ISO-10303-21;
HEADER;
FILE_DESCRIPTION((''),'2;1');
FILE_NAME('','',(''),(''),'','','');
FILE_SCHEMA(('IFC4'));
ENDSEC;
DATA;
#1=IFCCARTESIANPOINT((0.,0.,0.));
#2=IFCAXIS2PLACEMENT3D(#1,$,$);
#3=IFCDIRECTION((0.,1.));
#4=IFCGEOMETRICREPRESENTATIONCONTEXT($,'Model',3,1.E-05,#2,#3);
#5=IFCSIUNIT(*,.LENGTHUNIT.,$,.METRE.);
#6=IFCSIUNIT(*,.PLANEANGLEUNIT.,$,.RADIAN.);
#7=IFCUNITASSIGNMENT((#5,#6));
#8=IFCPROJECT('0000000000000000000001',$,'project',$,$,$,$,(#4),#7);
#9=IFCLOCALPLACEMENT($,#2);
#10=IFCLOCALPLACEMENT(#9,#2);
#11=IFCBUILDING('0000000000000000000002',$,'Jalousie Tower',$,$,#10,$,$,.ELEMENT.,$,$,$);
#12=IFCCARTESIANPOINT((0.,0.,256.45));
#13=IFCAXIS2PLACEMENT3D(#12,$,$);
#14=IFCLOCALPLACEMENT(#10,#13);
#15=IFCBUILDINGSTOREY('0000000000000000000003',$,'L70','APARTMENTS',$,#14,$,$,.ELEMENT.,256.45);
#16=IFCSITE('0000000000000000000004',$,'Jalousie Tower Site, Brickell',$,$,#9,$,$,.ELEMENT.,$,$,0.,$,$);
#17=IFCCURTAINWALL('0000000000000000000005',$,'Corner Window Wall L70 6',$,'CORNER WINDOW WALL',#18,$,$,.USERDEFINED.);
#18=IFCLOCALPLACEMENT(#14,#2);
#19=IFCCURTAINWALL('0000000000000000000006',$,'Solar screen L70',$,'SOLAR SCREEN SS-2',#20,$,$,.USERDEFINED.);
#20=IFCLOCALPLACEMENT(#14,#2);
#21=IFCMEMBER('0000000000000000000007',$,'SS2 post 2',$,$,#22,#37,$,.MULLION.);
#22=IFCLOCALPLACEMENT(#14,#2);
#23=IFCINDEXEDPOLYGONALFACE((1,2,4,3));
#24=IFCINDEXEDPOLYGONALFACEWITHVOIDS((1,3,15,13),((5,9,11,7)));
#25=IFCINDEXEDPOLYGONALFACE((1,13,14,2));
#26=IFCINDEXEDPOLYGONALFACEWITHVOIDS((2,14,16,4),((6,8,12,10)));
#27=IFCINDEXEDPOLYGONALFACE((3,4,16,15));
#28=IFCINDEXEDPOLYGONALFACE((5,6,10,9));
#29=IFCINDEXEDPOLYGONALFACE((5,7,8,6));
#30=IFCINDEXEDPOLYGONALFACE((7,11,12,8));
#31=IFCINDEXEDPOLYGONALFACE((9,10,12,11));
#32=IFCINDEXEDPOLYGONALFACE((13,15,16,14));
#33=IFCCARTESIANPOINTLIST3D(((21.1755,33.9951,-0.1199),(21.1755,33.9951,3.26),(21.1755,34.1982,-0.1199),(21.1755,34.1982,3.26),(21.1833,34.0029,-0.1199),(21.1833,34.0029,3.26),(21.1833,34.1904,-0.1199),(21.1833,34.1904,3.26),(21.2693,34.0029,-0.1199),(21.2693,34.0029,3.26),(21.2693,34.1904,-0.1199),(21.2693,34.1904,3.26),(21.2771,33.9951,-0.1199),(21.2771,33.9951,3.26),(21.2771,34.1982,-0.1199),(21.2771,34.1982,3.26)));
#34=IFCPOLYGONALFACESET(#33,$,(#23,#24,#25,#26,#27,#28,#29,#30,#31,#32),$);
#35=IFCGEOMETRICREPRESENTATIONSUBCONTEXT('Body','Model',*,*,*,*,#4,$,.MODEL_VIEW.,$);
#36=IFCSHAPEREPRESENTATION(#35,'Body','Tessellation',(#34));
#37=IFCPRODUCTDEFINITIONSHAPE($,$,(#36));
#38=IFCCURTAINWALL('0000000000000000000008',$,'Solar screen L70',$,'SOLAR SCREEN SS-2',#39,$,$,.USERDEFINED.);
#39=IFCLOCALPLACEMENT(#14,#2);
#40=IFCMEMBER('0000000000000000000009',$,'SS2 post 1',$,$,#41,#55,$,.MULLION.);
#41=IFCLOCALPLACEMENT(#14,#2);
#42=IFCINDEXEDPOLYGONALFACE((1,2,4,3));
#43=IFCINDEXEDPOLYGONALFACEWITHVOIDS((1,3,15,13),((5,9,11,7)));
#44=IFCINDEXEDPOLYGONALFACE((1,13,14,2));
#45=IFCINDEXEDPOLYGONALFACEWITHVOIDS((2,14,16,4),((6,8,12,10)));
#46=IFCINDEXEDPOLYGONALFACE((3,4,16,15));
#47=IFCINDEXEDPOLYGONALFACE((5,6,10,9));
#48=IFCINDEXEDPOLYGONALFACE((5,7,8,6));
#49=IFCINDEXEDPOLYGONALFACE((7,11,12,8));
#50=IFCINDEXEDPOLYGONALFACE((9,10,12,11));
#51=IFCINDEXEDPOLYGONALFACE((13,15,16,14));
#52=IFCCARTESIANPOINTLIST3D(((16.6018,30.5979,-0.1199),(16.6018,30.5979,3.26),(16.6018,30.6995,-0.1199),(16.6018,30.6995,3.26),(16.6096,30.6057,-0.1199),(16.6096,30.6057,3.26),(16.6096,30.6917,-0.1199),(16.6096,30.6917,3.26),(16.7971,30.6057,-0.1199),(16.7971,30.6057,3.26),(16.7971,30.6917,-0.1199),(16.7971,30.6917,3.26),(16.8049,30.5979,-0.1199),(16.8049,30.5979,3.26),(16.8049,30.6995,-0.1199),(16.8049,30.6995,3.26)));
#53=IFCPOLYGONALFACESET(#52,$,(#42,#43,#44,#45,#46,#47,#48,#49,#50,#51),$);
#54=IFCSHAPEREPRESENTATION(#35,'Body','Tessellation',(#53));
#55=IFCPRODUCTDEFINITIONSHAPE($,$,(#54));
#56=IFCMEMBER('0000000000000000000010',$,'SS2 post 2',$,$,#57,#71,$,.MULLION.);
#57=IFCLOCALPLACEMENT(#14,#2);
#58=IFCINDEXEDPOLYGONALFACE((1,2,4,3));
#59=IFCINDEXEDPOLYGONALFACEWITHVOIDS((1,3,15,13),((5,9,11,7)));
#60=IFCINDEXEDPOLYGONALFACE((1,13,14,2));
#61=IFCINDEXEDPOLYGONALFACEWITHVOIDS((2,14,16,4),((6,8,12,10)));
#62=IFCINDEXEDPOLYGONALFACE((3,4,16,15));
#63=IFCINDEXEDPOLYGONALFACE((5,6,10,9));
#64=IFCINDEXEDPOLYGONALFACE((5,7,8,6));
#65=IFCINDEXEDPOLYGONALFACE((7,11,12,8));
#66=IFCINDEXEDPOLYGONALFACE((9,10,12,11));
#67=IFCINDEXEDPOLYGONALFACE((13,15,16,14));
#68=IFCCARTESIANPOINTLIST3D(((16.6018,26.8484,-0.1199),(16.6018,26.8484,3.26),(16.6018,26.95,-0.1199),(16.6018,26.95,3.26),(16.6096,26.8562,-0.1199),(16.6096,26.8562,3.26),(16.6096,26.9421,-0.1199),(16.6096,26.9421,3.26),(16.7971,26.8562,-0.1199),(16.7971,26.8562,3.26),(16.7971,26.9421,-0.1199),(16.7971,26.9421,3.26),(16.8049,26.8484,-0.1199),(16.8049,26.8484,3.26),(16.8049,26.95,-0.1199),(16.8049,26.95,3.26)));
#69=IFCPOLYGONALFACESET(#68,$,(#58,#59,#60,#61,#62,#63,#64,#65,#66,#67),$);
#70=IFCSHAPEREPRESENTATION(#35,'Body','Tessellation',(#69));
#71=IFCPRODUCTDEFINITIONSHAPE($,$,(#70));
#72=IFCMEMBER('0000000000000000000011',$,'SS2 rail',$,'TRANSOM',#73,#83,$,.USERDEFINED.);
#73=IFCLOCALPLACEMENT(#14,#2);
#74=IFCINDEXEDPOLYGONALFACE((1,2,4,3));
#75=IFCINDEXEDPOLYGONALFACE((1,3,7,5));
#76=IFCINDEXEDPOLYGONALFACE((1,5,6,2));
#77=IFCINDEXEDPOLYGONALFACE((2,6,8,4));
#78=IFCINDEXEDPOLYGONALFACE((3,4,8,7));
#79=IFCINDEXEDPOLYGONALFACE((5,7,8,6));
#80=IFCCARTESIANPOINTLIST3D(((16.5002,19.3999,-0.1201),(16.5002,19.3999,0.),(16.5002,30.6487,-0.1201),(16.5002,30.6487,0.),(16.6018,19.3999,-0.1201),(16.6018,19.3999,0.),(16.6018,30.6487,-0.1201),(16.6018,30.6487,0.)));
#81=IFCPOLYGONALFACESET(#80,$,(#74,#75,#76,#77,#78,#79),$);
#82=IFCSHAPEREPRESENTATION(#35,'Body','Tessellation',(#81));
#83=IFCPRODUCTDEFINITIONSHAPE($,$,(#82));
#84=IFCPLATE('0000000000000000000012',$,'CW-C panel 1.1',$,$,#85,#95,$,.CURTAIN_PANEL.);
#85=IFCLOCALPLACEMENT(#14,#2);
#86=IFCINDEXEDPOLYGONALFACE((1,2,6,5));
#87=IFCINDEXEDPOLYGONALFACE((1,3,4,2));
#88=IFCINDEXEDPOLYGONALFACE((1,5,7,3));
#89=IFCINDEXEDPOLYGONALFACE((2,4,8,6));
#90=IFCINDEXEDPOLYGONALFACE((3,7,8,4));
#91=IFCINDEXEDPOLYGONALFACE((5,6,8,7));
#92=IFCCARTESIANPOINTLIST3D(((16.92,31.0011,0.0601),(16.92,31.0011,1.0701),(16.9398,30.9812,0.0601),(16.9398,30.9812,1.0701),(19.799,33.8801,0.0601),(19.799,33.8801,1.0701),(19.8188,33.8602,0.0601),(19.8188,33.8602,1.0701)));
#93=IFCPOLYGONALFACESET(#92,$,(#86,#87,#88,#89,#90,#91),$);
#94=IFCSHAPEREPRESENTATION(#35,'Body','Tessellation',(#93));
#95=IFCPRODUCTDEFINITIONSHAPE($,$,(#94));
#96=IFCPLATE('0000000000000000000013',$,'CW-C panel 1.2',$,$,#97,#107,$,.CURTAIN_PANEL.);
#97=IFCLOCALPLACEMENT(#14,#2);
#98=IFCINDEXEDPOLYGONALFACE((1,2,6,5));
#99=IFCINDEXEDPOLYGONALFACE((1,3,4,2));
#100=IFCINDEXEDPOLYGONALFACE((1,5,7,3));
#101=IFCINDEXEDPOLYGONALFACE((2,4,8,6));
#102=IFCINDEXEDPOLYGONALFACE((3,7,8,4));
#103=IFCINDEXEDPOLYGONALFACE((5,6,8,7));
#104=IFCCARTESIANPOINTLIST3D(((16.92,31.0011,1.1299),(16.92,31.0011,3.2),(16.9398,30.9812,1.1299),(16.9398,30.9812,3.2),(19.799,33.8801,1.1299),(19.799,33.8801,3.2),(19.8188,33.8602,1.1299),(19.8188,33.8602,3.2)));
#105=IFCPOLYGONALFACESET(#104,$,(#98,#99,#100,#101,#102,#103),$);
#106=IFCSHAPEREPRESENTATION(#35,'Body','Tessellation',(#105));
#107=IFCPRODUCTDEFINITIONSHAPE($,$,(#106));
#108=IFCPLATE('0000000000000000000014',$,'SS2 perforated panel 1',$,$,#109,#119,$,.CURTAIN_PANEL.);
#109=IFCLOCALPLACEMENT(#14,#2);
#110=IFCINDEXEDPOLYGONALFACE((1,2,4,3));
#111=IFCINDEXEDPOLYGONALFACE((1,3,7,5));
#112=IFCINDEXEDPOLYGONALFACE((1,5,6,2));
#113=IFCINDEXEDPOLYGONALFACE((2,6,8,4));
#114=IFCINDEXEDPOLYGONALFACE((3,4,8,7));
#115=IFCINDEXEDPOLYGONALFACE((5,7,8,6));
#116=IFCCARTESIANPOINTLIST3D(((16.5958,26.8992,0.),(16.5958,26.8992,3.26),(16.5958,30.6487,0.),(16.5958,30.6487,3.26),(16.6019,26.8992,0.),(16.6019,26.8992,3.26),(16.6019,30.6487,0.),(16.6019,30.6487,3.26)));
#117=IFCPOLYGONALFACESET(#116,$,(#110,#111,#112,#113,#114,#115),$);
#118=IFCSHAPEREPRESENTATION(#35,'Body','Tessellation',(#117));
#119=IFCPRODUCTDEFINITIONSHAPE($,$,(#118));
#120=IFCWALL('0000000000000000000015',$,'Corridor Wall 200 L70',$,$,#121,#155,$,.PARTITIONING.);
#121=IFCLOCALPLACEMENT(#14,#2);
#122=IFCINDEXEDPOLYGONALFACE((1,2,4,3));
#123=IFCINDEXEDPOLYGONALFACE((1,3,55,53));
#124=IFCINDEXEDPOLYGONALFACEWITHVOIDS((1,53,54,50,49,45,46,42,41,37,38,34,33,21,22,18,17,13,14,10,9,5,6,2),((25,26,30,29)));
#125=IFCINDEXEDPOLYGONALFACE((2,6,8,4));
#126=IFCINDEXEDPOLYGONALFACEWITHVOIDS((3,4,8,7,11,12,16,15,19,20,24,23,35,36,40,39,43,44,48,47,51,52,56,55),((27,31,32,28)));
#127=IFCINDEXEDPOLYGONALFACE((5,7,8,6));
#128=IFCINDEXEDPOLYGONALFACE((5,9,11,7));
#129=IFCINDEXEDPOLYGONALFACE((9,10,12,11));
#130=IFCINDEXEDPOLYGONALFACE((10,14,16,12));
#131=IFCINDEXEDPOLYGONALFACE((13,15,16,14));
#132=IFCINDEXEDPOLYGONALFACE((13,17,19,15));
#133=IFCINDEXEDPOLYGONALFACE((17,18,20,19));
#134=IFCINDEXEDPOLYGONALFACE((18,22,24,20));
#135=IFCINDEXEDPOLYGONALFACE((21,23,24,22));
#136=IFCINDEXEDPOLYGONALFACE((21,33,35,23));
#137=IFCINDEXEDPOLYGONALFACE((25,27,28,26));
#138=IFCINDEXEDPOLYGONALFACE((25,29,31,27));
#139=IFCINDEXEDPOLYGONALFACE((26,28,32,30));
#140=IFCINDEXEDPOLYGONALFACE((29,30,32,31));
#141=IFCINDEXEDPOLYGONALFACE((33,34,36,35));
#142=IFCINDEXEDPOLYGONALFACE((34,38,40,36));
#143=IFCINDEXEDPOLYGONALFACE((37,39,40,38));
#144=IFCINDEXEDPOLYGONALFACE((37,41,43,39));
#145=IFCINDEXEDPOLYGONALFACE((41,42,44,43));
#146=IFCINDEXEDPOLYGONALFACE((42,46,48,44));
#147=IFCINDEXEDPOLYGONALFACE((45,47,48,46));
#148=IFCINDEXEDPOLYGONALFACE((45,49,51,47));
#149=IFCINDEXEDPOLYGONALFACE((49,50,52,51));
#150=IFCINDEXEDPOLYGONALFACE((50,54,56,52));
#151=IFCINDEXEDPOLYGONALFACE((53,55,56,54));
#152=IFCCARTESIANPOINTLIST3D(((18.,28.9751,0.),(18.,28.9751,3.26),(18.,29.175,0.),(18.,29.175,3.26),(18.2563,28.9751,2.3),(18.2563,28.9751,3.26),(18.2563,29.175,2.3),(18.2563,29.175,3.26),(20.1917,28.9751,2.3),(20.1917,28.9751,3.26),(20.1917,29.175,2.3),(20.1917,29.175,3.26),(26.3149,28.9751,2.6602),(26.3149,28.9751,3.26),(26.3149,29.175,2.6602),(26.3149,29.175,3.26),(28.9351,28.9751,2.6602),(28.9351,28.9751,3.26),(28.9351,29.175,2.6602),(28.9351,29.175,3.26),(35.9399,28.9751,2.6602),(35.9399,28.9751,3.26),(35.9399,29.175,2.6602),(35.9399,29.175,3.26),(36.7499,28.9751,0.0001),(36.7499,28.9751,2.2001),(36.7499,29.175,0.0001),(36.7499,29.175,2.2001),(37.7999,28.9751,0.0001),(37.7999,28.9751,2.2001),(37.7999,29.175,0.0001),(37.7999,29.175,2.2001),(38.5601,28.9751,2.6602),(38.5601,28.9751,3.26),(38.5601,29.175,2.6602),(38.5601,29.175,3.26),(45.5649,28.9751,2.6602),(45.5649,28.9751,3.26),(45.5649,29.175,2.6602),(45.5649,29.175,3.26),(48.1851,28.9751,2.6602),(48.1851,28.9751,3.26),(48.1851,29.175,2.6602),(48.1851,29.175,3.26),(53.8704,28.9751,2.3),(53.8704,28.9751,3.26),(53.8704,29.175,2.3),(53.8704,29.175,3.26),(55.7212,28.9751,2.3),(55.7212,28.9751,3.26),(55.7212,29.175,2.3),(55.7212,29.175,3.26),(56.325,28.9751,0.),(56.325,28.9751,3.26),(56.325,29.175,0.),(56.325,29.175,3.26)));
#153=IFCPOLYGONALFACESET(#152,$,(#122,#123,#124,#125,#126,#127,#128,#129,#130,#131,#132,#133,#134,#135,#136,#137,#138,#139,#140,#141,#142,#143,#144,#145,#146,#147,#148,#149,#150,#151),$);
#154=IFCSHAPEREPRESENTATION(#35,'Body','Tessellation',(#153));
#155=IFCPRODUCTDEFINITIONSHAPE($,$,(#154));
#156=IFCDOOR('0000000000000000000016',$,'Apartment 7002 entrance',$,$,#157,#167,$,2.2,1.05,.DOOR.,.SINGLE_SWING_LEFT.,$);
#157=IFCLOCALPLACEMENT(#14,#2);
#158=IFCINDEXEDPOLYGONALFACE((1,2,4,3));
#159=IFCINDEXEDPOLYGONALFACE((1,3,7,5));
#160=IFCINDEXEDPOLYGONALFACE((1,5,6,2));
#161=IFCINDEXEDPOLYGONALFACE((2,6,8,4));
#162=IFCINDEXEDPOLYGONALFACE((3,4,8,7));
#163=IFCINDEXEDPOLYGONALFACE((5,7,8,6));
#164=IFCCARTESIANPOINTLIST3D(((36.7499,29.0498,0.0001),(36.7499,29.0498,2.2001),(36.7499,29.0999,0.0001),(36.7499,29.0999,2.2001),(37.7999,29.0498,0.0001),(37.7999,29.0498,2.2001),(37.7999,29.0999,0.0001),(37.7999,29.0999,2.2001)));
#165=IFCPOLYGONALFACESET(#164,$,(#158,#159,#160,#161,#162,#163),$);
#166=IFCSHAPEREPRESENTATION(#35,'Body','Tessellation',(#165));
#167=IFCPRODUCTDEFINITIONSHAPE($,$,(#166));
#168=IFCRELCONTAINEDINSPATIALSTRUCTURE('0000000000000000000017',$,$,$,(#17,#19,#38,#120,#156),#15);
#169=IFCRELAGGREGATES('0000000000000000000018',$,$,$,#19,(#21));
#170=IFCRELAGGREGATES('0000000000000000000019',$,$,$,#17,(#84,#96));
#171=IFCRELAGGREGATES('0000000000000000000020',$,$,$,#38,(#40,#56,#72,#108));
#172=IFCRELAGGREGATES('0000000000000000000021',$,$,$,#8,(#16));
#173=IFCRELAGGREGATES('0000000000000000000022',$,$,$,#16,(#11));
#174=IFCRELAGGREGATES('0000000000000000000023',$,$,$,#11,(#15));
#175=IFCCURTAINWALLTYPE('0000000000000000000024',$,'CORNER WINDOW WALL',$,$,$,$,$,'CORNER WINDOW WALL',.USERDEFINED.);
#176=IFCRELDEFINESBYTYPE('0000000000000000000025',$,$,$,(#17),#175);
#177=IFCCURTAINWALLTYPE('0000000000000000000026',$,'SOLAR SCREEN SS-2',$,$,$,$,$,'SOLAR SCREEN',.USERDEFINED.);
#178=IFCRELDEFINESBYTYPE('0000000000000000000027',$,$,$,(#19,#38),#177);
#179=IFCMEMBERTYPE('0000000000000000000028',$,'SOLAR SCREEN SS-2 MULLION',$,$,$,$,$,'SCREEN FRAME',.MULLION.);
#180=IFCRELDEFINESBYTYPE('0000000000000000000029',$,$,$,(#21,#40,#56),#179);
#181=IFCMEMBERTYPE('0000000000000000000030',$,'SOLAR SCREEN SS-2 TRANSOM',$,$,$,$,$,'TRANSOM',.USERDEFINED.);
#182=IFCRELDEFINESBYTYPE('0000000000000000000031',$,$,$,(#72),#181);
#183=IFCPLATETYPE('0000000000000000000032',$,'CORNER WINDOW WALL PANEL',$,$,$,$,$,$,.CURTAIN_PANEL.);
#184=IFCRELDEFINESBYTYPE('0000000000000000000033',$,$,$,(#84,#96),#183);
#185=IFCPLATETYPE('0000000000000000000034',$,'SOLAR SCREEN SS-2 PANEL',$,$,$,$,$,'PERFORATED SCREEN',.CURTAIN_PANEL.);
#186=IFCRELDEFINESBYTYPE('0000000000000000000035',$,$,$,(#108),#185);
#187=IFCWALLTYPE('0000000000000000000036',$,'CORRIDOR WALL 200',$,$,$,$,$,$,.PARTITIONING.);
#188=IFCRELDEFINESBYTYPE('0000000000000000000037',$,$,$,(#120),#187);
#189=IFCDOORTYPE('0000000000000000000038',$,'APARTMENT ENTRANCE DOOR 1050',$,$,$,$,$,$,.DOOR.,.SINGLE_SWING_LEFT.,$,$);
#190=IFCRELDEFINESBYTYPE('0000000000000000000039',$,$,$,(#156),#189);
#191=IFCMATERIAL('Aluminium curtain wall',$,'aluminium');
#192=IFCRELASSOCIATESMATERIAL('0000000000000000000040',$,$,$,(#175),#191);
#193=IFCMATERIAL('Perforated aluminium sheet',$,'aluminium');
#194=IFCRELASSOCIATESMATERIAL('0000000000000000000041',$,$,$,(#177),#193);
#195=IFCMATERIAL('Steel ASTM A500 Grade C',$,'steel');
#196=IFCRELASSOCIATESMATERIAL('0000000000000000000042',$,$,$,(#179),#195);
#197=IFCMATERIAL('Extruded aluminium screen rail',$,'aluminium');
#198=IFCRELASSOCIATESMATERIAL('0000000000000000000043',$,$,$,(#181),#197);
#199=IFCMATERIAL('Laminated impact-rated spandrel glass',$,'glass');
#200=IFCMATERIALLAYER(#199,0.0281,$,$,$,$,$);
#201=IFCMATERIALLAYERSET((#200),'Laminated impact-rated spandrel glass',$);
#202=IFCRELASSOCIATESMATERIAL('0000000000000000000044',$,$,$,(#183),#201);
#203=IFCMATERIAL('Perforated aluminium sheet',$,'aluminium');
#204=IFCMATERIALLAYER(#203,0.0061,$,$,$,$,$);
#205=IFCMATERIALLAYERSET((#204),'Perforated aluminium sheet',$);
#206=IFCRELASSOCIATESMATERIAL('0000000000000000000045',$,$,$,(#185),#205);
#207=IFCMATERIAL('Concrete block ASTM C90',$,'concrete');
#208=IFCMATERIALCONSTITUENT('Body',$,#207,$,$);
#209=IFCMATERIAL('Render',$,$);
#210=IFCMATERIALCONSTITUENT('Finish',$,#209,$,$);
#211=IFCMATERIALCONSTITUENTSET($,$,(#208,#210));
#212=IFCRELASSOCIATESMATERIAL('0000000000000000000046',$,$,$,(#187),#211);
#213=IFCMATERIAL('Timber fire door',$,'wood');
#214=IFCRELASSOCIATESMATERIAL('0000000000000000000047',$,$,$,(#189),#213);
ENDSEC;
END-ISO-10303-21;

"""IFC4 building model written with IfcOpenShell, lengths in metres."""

from ifc_helpers import new_model, si_unit, direction, frame, frame_2d, origin, origin_2d, place, context, subcontext, project, spatial, polyline, rectangle, hollow_rectangle, outline, extrude, material, layer, layer_set, constituent, constituent_set, material_profile, profile_set, type_object, element, fill, aggregate, save


model = new_model("IFC4")

# Units and contexts
model_context = context("Model", 3, precision=1e-05, world=origin(), true_north=direction((0.0, 1.0)))
body_context = subcontext(model_context, "Body", "Model", "MODEL_VIEW")
ifc_project = project(units=[si_unit("LENGTHUNIT", "METRE"), si_unit("PLANEANGLEUNIT", "RADIAN")], contexts=[model_context])

# Site, building, storey
site_placement = place(None, origin())
site = spatial("IfcSite", under=ifc_project, at=site_placement, Name="Jalousie Tower Site, Brickell", CompositionType="ELEMENT", RefElevation=0.0)
building_placement = place(site_placement, origin())
building = spatial("IfcBuilding", under=site, at=building_placement, Name="Jalousie Tower", CompositionType="ELEMENT")
storey_placement = place(building_placement, frame((0.0, 0.0, 256.45)))
storey = spatial("IfcBuildingStorey", under=building, at=storey_placement, Name="L70", Description="APARTMENTS", CompositionType="ELEMENT", Elevation=256.45)

# Curtain wall
ifc_material_1 = material(Name="Aluminium curtain wall", Category="aluminium")
curtain_wall_type_1 = type_object("IfcCurtainWallType", Name="CORNER WINDOW WALL", ElementType="CORNER WINDOW WALL", PredefinedType="USERDEFINED", material=ifc_material_1)
curtain_wall_1_placement = place(storey_placement, origin())
curtain_wall_1 = element("IfcCurtainWall", 1, at=curtain_wall_1_placement, inside=storey, type_object=curtain_wall_type_1, Name="Corner Window Wall L70 6", ObjectType="CORNER WINDOW WALL", PredefinedType="USERDEFINED")

# Curtain wall, member
ifc_material_2 = material(Name="Perforated aluminium sheet", Category="aluminium")
curtain_wall_type_2 = type_object("IfcCurtainWallType", Name="SOLAR SCREEN SS-2", ElementType="SOLAR SCREEN", PredefinedType="USERDEFINED", material=ifc_material_2)
curtain_wall_2_placement = place(storey_placement, origin())
curtain_wall_2 = element("IfcCurtainWall", 2, at=curtain_wall_2_placement, inside=storey, type_object=curtain_wall_type_2, Name="Solar screen L70", ObjectType="SOLAR SCREEN SS-2", PredefinedType="USERDEFINED")
ifc_material_3 = material(Name="Steel ASTM A500 Grade C", Category="steel")
ifc_material_profile_1 = material_profile(ifc_material_3, hollow_rectangle(XDim=0.1016, YDim=0.2031, WallThickness=0.0078, at=origin_2d()), Name="HSS8X4X5/16")
ifc_profile_set_1 = profile_set([ifc_material_profile_1], Name="Steel ASTM A500 Grade C")
member_type_1 = type_object("IfcMemberType", Name="SOLAR SCREEN SS-2 MULLION", ElementType="SCREEN FRAME", PredefinedType="MULLION", material=ifc_profile_set_1)
member_1_placement = place(storey_placement, frame((21.2263, 34.0967, -0.1199), z_axis=(0.0, 0.0, 1.0), x_axis=(-1.0, 0.0, 0.0)))
member_1 = element("IfcMember", 3, at=member_1_placement, type_object=member_type_1, Name="SS2 post 2", PredefinedType="MULLION", context=body_context, shape_type="SweptSolid", body=[
    extrude(hollow_rectangle(XDim=0.1016, YDim=0.2031, WallThickness=0.0078, at=origin_2d()), origin(), (0.0, 0.0, 1.0), 3.3799),
])
aggregate(curtain_wall_2, [member_1])

# Curtain wall, members
curtain_wall_3_placement = place(storey_placement, origin())
curtain_wall_3 = element("IfcCurtainWall", 4, at=curtain_wall_3_placement, inside=storey, type_object=curtain_wall_type_2, Name="Solar screen L70", ObjectType="SOLAR SCREEN SS-2", PredefinedType="USERDEFINED")
member_2_placement = place(storey_placement, frame((16.7034, 30.6487, -0.1199), z_axis=(0.0, 0.0, 1.0), x_axis=(0.0, -1.0, 0.0)))
member_2 = element("IfcMember", 5, at=member_2_placement, type_object=member_type_1, Name="SS2 post 1", PredefinedType="MULLION", context=body_context, shape_type="SweptSolid", body=[
    extrude(hollow_rectangle(XDim=0.1016, YDim=0.2031, WallThickness=0.0078, at=origin_2d()), origin(), (0.0, 0.0, 1.0), 3.3799),
])
member_3_placement = place(storey_placement, frame((16.7034, 26.8992, -0.1199), z_axis=(0.0, 0.0, 1.0), x_axis=(0.0, -1.0, 0.0)))
member_3 = element("IfcMember", 6, at=member_3_placement, type_object=member_type_1, Name="SS2 post 2", PredefinedType="MULLION", context=body_context, shape_type="SweptSolid", body=[
    extrude(hollow_rectangle(XDim=0.1016, YDim=0.2031, WallThickness=0.0078, at=origin_2d()), origin(), (0.0, 0.0, 1.0), 3.3799),
])
ifc_material_4 = material(Name="Extruded aluminium screen rail", Category="aluminium")
ifc_material_profile_2 = material_profile(ifc_material_4, rectangle(XDim=0.1016, YDim=0.1201, at=origin_2d()), Name="RAIL 102x120")
ifc_profile_set_2 = profile_set([ifc_material_profile_2], Name="Extruded aluminium screen rail")
member_type_2 = type_object("IfcMemberType", Name="SOLAR SCREEN SS-2 TRANSOM", ElementType="TRANSOM", PredefinedType="USERDEFINED", material=ifc_profile_set_2)
member_4_placement = place(storey_placement, frame((16.551, 30.6487, -0.0601), z_axis=(0.0, -1.0, 0.0), x_axis=(1.0, 0.0, 0.0)))
member_4 = element("IfcMember", 7, at=member_4_placement, type_object=member_type_2, Name="SS2 rail", ObjectType="TRANSOM", PredefinedType="USERDEFINED", context=body_context, shape_type="SweptSolid", body=[
    extrude(rectangle(XDim=0.1016, YDim=0.1201, at=origin_2d()), origin(), (0.0, 0.0, 1.0), 11.2488),
])

# Plates
ifc_material_5 = material(Name="Laminated impact-rated spandrel glass", Category="glass")
ifc_layer_1 = layer(ifc_material_5, 0.0281)
ifc_layer_set_1 = layer_set([ifc_layer_1], Name="Laminated impact-rated spandrel glass")
plate_type_1 = type_object("IfcPlateType", Name="CORNER WINDOW WALL PANEL", PredefinedType="CURTAIN_PANEL", material=ifc_layer_set_1)
plate_1_placement = place(storey_placement, frame((18.3694, 32.4307, 0.0601), z_axis=(0.0, 0.0, 1.0), x_axis=(-0.707107, -0.707107, 0.0)))
plate_1 = element("IfcPlate", 8, at=plate_1_placement, type_object=plate_type_1, Name="CW-C panel 1.1", PredefinedType="CURTAIN_PANEL", context=body_context, shape_type="SweptSolid", body=[
    extrude(rectangle(XDim=4.0715, YDim=0.0281, at=origin_2d()), origin(), (0.0, 0.0, 1.0), 1.01),
])
plate_2_placement = place(storey_placement, frame((18.3694, 32.4307, 1.1299), z_axis=(0.0, 0.0, 1.0), x_axis=(-0.707107, -0.707107, 0.0)))
plate_2 = element("IfcPlate", 9, at=plate_2_placement, type_object=plate_type_1, Name="CW-C panel 1.2", PredefinedType="CURTAIN_PANEL", context=body_context, shape_type="SweptSolid", body=[
    extrude(rectangle(XDim=4.0715, YDim=0.0281, at=origin_2d()), origin(), (0.0, 0.0, 1.0), 2.0701),
])
aggregate(curtain_wall_1, [plate_1, plate_2])
ifc_material_6 = material(Name="Perforated aluminium sheet", Category="aluminium")
ifc_layer_2 = layer(ifc_material_6, 0.0061)
ifc_layer_set_2 = layer_set([ifc_layer_2], Name="Perforated aluminium sheet")
plate_type_2 = type_object("IfcPlateType", Name="SOLAR SCREEN SS-2 PANEL", ElementType="PERFORATED SCREEN", PredefinedType="CURTAIN_PANEL", material=ifc_layer_set_2)
plate_3_placement = place(storey_placement, frame((16.5989, 28.7739, 0.0), z_axis=(0.0, 0.0, 1.0), x_axis=(0.0, -1.0, 0.0)))
plate_3 = element("IfcPlate", 10, at=plate_3_placement, type_object=plate_type_2, Name="SS2 perforated panel 1", PredefinedType="CURTAIN_PANEL", context=body_context, shape_type="SweptSolid", body=[
    extrude(rectangle(XDim=3.7495, YDim=0.0061, at=origin_2d()), origin(), (0.0, 0.0, 1.0), 3.26),
])
aggregate(curtain_wall_3, [member_2, member_3, member_4, plate_3])

# Wall, opening, door
ifc_material_7 = material(Name="Concrete block ASTM C90", Category="concrete")
ifc_constituent_1 = constituent(ifc_material_7, Name="Body")
ifc_material_8 = material(Name="Render")
ifc_constituent_2 = constituent(ifc_material_8, Name="Finish")
ifc_constituent_set_1 = constituent_set(constituents=[ifc_constituent_1, ifc_constituent_2])
wall_type_1 = type_object("IfcWallType", Name="CORRIDOR WALL 200", PredefinedType="PARTITIONING", material=ifc_constituent_set_1)
wall_1_placement = place(storey_placement, frame((18.0, 29.075, 0.0), z_axis=(0.0, 0.0, 1.0), x_axis=(1.0, 0.0, 0.0)))
wall_1 = element("IfcWall", 11, at=wall_1_placement, inside=storey, type_object=wall_type_1, Name="Corridor Wall 200 L70", PredefinedType="PARTITIONING", context=body_context, shape_type="SweptSolid", body=[
    extrude(outline(polyline([(0.0, 0.0), (38.325, 0.0), (38.325, 3.26), (37.7212, 3.26), (37.7212, 2.3), (35.8704, 2.3), (35.8704, 3.26), (30.1851, 3.26), (30.1851, 2.6602), (27.5649, 2.6602), (27.5649, 3.26), (20.5601, 3.26), (20.5601, 2.6602), (17.9399, 2.6602), (17.9399, 3.26), (10.9351, 3.26), (10.9351, 2.6602), (8.3149, 2.6602), (8.3149, 3.26), (2.1917, 3.26), (2.1917, 2.3), (0.2563, 2.3), (0.2563, 3.26), (0.0, 3.26), (0.0, 0.0)])), frame((0.0, 0.1001, 0.0), z_axis=(0.0, -1.0, 0.0), x_axis=(1.0, 0.0, 0.0)), (0.0, 0.0, 1.0), 0.2),
])
opening_1_placement = place(wall_1_placement, frame((18.75, 0.0, 0.0)))
opening_1 = element("IfcOpeningElement", 12, at=opening_1_placement, cuts=wall_1, PredefinedType="OPENING", context=body_context, shape_type="SweptSolid", body=[
    extrude(rectangle(XDim=1.05, YDim=2.2, at=frame_2d((0.5249, 1.1001))), frame((0.0, 0.1099, 0.0), z_axis=(0.0, -1.0, 0.0), x_axis=(1.0, 0.0, 0.0)), (0.0, 0.0, 1.0), 0.22),
])
ifc_material_9 = material(Name="Timber fire door", Category="wood")
door_type_1 = type_object("IfcDoorType", Name="APARTMENT ENTRANCE DOOR 1050", OperationType="SINGLE_SWING_LEFT", PredefinedType="DOOR", material=ifc_material_9)
door_1_placement = place(opening_1_placement, origin())
door_1 = element("IfcDoor", 13, at=door_1_placement, inside=storey, type_object=door_type_1, Name="Apartment 7002 entrance", OperationType="SINGLE_SWING_LEFT", OverallHeight=2.2, OverallWidth=1.05, PredefinedType="DOOR", context=body_context, shape_type="SweptSolid", body=[
    extrude(rectangle(XDim=1.05, YDim=2.2, at=frame_2d((0.5249, 1.1001))), frame((0.0, 0.0249, 0.0), z_axis=(0.0, -1.0, 0.0), x_axis=(1.0, 0.0, 0.0)), (0.0, 0.0, 1.0), 0.05),
])
fill(opening_1, door_1)

save(model, "model.ifc")
